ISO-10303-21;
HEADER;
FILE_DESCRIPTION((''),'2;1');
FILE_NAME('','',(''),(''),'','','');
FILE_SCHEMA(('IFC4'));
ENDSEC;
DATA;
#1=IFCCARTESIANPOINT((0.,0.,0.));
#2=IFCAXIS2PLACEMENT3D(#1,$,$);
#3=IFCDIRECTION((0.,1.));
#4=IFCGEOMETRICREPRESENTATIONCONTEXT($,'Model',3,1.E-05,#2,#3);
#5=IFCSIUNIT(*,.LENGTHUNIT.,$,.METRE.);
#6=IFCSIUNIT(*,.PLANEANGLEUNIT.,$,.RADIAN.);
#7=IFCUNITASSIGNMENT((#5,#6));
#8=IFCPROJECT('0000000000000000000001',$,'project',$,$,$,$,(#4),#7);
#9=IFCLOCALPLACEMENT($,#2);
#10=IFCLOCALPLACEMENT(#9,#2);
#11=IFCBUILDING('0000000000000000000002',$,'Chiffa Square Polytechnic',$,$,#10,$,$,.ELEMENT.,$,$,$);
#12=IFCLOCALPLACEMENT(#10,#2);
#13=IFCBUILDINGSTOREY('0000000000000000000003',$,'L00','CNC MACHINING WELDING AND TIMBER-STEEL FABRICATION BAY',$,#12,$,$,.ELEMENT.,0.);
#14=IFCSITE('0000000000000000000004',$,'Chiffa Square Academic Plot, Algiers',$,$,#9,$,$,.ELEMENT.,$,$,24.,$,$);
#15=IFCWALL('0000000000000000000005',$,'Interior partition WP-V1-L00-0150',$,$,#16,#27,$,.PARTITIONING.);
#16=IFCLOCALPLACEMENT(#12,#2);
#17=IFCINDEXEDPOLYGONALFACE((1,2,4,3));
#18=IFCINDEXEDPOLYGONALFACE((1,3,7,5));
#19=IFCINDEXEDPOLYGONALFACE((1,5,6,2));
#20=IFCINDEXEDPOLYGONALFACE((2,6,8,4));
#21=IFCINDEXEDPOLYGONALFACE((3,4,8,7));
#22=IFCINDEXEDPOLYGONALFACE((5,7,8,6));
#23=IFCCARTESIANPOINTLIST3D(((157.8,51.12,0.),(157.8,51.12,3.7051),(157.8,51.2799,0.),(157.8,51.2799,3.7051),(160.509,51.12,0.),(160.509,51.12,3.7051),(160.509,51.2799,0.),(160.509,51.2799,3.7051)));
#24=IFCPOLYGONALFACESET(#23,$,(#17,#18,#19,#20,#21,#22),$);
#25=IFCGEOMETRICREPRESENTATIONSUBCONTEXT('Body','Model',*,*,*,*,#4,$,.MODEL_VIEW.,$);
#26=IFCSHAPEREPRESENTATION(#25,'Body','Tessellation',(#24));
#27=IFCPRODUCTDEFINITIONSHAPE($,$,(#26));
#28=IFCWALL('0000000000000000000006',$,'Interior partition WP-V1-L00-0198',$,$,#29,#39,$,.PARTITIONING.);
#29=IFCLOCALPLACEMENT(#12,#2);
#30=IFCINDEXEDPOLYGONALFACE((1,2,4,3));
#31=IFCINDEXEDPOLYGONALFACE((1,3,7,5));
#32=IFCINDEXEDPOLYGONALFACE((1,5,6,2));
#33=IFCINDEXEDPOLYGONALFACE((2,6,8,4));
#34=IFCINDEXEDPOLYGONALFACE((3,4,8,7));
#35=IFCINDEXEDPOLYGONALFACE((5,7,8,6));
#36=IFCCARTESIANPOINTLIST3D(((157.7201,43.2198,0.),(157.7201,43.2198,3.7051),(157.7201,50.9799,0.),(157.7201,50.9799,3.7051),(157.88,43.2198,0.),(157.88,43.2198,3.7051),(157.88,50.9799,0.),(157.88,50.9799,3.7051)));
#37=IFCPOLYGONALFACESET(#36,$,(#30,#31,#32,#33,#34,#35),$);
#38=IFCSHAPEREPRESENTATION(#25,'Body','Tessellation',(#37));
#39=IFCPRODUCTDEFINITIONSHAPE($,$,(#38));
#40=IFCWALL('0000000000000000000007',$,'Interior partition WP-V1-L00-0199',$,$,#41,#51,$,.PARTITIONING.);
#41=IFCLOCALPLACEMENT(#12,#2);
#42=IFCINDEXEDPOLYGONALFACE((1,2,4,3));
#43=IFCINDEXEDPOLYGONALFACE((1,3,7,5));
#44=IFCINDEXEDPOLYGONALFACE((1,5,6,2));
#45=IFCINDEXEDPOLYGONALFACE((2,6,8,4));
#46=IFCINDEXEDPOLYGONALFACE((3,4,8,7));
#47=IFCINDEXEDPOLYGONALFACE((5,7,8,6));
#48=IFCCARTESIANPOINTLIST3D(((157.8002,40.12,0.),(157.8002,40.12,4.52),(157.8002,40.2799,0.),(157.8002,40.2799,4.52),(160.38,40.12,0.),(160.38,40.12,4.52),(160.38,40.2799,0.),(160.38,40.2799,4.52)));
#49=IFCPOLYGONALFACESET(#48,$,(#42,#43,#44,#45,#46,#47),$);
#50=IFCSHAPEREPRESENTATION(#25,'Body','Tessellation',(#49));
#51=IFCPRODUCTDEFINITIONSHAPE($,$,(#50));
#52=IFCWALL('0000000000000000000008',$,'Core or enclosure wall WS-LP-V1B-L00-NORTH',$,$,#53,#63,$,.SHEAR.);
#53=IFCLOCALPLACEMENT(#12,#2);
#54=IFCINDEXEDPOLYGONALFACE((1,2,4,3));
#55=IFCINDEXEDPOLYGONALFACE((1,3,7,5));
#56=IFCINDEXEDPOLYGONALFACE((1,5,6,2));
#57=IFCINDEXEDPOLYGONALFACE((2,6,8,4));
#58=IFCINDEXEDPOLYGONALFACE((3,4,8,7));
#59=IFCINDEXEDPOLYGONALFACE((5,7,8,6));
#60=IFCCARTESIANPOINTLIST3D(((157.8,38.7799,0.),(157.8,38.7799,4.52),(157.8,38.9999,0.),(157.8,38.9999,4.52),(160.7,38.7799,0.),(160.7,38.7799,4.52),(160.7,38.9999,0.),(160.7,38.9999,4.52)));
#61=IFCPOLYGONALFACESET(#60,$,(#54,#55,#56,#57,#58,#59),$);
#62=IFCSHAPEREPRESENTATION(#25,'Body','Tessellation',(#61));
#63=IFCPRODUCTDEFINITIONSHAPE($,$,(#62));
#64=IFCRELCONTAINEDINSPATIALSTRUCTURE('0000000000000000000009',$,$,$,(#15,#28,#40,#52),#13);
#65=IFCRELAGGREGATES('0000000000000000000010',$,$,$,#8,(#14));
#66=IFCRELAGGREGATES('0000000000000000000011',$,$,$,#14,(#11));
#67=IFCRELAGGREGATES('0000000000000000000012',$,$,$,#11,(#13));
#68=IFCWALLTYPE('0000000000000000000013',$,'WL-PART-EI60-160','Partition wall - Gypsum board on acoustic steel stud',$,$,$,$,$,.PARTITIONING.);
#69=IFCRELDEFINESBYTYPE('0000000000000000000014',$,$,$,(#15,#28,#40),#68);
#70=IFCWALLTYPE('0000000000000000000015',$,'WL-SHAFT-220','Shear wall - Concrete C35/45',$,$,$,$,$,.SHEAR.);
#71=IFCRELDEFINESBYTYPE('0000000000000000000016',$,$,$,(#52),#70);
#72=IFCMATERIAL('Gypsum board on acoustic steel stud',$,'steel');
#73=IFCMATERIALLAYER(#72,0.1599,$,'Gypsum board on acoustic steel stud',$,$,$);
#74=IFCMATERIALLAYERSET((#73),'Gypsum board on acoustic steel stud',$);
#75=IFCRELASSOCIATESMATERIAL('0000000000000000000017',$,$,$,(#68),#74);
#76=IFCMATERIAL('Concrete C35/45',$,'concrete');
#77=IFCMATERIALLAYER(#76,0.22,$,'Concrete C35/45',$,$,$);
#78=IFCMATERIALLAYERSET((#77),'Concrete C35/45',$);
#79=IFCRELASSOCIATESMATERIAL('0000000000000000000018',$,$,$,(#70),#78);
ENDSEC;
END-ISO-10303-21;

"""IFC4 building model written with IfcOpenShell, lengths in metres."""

from ifc_helpers import new_model, si_unit, direction, frame, frame_2d, origin, place, context, subcontext, project, spatial, rectangle, extrude, material, layer, layer_set, type_object, element, save


model = new_model("IFC4")

# Units and contexts
model_context = context("Model", 3, precision=1e-05, world=origin(), true_north=direction((0.0, 1.0)))
body_context = subcontext(model_context, "Body", "Model", "MODEL_VIEW")
ifc_project = project(units=[si_unit("LENGTHUNIT", "METRE"), si_unit("PLANEANGLEUNIT", "RADIAN")], contexts=[model_context])

# Site, building, storey
site_placement = place(None, origin())
site = spatial("IfcSite", under=ifc_project, at=site_placement, Name="Chiffa Square Academic Plot, Algiers", CompositionType="ELEMENT", RefElevation=24.0)
building_placement = place(site_placement, origin())
building = spatial("IfcBuilding", under=site, at=building_placement, Name="Chiffa Square Polytechnic", CompositionType="ELEMENT")
storey_placement = place(building_placement, origin())
storey = spatial("IfcBuildingStorey", under=building, at=storey_placement, Name="L00", Description="CNC MACHINING WELDING AND TIMBER-STEEL FABRICATION BAY", CompositionType="ELEMENT", Elevation=0.0)

# Shared definitions
ifc_material_1 = material(Name="Concrete C35/45", Category="concrete")

# Shared definitions
ifc_material_2 = material(Name="Gypsum board on acoustic steel stud", Category="steel")
ifc_layer_1 = layer(ifc_material_2, 0.1599, Name="Gypsum board on acoustic steel stud")
ifc_layer_set_1 = layer_set([ifc_layer_1], Name="Gypsum board on acoustic steel stud")
wall_type_1 = type_object("IfcWallType", Name="WL-PART-EI60-160", Description="Partition wall - Gypsum board on acoustic steel stud", PredefinedType="PARTITIONING", material=ifc_layer_set_1)

# Walls
wall_1_placement = place(storey_placement, frame((157.8, 51.2, 0.0), z_axis=(0.0, 0.0, 1.0), x_axis=(1.0, 0.0, 0.0)))
element("IfcWall", 1, at=wall_1_placement, inside=storey, type_object=wall_type_1, Name="Interior partition WP-V1-L00-0150", PredefinedType="PARTITIONING", context=body_context, shape_type="SweptSolid", body=[
    extrude(rectangle(XDim=2.709, YDim=0.1599, at=frame_2d((1.3545, 0.0))), origin(), (0.0, 0.0, 1.0), 3.7051),
])
wall_2_placement = place(storey_placement, frame((157.8, 43.22, 0.0), z_axis=(0.0, 0.0, 1.0), x_axis=(0.0, 1.0, 0.0)))
element("IfcWall", 2, at=wall_2_placement, inside=storey, type_object=wall_type_1, Name="Interior partition WP-V1-L00-0198", PredefinedType="PARTITIONING", context=body_context, shape_type="SweptSolid", body=[
    extrude(rectangle(XDim=7.76, YDim=0.1599, at=frame_2d((3.8799, 0.0))), origin(), (0.0, 0.0, 1.0), 3.7051),
])
wall_3_placement = place(storey_placement, frame((157.8, 40.2, 0.0), z_axis=(0.0, 0.0, 1.0), x_axis=(1.0, 0.0, 0.0)))
element("IfcWall", 3, at=wall_3_placement, inside=storey, type_object=wall_type_1, Name="Interior partition WP-V1-L00-0199", PredefinedType="PARTITIONING", context=body_context, shape_type="SweptSolid", body=[
    extrude(rectangle(XDim=2.5798, YDim=0.1599, at=frame_2d((1.29, 0.0))), origin(), (0.0, 0.0, 1.0), 4.52),
])
ifc_layer_2 = layer(ifc_material_1, 0.22, Name="Concrete C35/45")
ifc_layer_set_2 = layer_set([ifc_layer_2], Name="Concrete C35/45")
wall_type_2 = type_object("IfcWallType", Name="WL-SHAFT-220", Description="Shear wall - Concrete C35/45", PredefinedType="SHEAR", material=ifc_layer_set_2)
wall_4_placement = place(storey_placement, frame((157.8, 38.8899, 0.0), z_axis=(0.0, 0.0, 1.0), x_axis=(1.0, 0.0, 0.0)))
element("IfcWall", 4, at=wall_4_placement, inside=storey, type_object=wall_type_2, Name="Core or enclosure wall WS-LP-V1B-L00-NORTH", PredefinedType="SHEAR", context=body_context, shape_type="SweptSolid", body=[
    extrude(rectangle(XDim=2.8999, YDim=0.22, at=frame_2d((1.45, 0.0))), origin(), (0.0, 0.0, 1.0), 4.52),
])

save(model, "model.ifc")
